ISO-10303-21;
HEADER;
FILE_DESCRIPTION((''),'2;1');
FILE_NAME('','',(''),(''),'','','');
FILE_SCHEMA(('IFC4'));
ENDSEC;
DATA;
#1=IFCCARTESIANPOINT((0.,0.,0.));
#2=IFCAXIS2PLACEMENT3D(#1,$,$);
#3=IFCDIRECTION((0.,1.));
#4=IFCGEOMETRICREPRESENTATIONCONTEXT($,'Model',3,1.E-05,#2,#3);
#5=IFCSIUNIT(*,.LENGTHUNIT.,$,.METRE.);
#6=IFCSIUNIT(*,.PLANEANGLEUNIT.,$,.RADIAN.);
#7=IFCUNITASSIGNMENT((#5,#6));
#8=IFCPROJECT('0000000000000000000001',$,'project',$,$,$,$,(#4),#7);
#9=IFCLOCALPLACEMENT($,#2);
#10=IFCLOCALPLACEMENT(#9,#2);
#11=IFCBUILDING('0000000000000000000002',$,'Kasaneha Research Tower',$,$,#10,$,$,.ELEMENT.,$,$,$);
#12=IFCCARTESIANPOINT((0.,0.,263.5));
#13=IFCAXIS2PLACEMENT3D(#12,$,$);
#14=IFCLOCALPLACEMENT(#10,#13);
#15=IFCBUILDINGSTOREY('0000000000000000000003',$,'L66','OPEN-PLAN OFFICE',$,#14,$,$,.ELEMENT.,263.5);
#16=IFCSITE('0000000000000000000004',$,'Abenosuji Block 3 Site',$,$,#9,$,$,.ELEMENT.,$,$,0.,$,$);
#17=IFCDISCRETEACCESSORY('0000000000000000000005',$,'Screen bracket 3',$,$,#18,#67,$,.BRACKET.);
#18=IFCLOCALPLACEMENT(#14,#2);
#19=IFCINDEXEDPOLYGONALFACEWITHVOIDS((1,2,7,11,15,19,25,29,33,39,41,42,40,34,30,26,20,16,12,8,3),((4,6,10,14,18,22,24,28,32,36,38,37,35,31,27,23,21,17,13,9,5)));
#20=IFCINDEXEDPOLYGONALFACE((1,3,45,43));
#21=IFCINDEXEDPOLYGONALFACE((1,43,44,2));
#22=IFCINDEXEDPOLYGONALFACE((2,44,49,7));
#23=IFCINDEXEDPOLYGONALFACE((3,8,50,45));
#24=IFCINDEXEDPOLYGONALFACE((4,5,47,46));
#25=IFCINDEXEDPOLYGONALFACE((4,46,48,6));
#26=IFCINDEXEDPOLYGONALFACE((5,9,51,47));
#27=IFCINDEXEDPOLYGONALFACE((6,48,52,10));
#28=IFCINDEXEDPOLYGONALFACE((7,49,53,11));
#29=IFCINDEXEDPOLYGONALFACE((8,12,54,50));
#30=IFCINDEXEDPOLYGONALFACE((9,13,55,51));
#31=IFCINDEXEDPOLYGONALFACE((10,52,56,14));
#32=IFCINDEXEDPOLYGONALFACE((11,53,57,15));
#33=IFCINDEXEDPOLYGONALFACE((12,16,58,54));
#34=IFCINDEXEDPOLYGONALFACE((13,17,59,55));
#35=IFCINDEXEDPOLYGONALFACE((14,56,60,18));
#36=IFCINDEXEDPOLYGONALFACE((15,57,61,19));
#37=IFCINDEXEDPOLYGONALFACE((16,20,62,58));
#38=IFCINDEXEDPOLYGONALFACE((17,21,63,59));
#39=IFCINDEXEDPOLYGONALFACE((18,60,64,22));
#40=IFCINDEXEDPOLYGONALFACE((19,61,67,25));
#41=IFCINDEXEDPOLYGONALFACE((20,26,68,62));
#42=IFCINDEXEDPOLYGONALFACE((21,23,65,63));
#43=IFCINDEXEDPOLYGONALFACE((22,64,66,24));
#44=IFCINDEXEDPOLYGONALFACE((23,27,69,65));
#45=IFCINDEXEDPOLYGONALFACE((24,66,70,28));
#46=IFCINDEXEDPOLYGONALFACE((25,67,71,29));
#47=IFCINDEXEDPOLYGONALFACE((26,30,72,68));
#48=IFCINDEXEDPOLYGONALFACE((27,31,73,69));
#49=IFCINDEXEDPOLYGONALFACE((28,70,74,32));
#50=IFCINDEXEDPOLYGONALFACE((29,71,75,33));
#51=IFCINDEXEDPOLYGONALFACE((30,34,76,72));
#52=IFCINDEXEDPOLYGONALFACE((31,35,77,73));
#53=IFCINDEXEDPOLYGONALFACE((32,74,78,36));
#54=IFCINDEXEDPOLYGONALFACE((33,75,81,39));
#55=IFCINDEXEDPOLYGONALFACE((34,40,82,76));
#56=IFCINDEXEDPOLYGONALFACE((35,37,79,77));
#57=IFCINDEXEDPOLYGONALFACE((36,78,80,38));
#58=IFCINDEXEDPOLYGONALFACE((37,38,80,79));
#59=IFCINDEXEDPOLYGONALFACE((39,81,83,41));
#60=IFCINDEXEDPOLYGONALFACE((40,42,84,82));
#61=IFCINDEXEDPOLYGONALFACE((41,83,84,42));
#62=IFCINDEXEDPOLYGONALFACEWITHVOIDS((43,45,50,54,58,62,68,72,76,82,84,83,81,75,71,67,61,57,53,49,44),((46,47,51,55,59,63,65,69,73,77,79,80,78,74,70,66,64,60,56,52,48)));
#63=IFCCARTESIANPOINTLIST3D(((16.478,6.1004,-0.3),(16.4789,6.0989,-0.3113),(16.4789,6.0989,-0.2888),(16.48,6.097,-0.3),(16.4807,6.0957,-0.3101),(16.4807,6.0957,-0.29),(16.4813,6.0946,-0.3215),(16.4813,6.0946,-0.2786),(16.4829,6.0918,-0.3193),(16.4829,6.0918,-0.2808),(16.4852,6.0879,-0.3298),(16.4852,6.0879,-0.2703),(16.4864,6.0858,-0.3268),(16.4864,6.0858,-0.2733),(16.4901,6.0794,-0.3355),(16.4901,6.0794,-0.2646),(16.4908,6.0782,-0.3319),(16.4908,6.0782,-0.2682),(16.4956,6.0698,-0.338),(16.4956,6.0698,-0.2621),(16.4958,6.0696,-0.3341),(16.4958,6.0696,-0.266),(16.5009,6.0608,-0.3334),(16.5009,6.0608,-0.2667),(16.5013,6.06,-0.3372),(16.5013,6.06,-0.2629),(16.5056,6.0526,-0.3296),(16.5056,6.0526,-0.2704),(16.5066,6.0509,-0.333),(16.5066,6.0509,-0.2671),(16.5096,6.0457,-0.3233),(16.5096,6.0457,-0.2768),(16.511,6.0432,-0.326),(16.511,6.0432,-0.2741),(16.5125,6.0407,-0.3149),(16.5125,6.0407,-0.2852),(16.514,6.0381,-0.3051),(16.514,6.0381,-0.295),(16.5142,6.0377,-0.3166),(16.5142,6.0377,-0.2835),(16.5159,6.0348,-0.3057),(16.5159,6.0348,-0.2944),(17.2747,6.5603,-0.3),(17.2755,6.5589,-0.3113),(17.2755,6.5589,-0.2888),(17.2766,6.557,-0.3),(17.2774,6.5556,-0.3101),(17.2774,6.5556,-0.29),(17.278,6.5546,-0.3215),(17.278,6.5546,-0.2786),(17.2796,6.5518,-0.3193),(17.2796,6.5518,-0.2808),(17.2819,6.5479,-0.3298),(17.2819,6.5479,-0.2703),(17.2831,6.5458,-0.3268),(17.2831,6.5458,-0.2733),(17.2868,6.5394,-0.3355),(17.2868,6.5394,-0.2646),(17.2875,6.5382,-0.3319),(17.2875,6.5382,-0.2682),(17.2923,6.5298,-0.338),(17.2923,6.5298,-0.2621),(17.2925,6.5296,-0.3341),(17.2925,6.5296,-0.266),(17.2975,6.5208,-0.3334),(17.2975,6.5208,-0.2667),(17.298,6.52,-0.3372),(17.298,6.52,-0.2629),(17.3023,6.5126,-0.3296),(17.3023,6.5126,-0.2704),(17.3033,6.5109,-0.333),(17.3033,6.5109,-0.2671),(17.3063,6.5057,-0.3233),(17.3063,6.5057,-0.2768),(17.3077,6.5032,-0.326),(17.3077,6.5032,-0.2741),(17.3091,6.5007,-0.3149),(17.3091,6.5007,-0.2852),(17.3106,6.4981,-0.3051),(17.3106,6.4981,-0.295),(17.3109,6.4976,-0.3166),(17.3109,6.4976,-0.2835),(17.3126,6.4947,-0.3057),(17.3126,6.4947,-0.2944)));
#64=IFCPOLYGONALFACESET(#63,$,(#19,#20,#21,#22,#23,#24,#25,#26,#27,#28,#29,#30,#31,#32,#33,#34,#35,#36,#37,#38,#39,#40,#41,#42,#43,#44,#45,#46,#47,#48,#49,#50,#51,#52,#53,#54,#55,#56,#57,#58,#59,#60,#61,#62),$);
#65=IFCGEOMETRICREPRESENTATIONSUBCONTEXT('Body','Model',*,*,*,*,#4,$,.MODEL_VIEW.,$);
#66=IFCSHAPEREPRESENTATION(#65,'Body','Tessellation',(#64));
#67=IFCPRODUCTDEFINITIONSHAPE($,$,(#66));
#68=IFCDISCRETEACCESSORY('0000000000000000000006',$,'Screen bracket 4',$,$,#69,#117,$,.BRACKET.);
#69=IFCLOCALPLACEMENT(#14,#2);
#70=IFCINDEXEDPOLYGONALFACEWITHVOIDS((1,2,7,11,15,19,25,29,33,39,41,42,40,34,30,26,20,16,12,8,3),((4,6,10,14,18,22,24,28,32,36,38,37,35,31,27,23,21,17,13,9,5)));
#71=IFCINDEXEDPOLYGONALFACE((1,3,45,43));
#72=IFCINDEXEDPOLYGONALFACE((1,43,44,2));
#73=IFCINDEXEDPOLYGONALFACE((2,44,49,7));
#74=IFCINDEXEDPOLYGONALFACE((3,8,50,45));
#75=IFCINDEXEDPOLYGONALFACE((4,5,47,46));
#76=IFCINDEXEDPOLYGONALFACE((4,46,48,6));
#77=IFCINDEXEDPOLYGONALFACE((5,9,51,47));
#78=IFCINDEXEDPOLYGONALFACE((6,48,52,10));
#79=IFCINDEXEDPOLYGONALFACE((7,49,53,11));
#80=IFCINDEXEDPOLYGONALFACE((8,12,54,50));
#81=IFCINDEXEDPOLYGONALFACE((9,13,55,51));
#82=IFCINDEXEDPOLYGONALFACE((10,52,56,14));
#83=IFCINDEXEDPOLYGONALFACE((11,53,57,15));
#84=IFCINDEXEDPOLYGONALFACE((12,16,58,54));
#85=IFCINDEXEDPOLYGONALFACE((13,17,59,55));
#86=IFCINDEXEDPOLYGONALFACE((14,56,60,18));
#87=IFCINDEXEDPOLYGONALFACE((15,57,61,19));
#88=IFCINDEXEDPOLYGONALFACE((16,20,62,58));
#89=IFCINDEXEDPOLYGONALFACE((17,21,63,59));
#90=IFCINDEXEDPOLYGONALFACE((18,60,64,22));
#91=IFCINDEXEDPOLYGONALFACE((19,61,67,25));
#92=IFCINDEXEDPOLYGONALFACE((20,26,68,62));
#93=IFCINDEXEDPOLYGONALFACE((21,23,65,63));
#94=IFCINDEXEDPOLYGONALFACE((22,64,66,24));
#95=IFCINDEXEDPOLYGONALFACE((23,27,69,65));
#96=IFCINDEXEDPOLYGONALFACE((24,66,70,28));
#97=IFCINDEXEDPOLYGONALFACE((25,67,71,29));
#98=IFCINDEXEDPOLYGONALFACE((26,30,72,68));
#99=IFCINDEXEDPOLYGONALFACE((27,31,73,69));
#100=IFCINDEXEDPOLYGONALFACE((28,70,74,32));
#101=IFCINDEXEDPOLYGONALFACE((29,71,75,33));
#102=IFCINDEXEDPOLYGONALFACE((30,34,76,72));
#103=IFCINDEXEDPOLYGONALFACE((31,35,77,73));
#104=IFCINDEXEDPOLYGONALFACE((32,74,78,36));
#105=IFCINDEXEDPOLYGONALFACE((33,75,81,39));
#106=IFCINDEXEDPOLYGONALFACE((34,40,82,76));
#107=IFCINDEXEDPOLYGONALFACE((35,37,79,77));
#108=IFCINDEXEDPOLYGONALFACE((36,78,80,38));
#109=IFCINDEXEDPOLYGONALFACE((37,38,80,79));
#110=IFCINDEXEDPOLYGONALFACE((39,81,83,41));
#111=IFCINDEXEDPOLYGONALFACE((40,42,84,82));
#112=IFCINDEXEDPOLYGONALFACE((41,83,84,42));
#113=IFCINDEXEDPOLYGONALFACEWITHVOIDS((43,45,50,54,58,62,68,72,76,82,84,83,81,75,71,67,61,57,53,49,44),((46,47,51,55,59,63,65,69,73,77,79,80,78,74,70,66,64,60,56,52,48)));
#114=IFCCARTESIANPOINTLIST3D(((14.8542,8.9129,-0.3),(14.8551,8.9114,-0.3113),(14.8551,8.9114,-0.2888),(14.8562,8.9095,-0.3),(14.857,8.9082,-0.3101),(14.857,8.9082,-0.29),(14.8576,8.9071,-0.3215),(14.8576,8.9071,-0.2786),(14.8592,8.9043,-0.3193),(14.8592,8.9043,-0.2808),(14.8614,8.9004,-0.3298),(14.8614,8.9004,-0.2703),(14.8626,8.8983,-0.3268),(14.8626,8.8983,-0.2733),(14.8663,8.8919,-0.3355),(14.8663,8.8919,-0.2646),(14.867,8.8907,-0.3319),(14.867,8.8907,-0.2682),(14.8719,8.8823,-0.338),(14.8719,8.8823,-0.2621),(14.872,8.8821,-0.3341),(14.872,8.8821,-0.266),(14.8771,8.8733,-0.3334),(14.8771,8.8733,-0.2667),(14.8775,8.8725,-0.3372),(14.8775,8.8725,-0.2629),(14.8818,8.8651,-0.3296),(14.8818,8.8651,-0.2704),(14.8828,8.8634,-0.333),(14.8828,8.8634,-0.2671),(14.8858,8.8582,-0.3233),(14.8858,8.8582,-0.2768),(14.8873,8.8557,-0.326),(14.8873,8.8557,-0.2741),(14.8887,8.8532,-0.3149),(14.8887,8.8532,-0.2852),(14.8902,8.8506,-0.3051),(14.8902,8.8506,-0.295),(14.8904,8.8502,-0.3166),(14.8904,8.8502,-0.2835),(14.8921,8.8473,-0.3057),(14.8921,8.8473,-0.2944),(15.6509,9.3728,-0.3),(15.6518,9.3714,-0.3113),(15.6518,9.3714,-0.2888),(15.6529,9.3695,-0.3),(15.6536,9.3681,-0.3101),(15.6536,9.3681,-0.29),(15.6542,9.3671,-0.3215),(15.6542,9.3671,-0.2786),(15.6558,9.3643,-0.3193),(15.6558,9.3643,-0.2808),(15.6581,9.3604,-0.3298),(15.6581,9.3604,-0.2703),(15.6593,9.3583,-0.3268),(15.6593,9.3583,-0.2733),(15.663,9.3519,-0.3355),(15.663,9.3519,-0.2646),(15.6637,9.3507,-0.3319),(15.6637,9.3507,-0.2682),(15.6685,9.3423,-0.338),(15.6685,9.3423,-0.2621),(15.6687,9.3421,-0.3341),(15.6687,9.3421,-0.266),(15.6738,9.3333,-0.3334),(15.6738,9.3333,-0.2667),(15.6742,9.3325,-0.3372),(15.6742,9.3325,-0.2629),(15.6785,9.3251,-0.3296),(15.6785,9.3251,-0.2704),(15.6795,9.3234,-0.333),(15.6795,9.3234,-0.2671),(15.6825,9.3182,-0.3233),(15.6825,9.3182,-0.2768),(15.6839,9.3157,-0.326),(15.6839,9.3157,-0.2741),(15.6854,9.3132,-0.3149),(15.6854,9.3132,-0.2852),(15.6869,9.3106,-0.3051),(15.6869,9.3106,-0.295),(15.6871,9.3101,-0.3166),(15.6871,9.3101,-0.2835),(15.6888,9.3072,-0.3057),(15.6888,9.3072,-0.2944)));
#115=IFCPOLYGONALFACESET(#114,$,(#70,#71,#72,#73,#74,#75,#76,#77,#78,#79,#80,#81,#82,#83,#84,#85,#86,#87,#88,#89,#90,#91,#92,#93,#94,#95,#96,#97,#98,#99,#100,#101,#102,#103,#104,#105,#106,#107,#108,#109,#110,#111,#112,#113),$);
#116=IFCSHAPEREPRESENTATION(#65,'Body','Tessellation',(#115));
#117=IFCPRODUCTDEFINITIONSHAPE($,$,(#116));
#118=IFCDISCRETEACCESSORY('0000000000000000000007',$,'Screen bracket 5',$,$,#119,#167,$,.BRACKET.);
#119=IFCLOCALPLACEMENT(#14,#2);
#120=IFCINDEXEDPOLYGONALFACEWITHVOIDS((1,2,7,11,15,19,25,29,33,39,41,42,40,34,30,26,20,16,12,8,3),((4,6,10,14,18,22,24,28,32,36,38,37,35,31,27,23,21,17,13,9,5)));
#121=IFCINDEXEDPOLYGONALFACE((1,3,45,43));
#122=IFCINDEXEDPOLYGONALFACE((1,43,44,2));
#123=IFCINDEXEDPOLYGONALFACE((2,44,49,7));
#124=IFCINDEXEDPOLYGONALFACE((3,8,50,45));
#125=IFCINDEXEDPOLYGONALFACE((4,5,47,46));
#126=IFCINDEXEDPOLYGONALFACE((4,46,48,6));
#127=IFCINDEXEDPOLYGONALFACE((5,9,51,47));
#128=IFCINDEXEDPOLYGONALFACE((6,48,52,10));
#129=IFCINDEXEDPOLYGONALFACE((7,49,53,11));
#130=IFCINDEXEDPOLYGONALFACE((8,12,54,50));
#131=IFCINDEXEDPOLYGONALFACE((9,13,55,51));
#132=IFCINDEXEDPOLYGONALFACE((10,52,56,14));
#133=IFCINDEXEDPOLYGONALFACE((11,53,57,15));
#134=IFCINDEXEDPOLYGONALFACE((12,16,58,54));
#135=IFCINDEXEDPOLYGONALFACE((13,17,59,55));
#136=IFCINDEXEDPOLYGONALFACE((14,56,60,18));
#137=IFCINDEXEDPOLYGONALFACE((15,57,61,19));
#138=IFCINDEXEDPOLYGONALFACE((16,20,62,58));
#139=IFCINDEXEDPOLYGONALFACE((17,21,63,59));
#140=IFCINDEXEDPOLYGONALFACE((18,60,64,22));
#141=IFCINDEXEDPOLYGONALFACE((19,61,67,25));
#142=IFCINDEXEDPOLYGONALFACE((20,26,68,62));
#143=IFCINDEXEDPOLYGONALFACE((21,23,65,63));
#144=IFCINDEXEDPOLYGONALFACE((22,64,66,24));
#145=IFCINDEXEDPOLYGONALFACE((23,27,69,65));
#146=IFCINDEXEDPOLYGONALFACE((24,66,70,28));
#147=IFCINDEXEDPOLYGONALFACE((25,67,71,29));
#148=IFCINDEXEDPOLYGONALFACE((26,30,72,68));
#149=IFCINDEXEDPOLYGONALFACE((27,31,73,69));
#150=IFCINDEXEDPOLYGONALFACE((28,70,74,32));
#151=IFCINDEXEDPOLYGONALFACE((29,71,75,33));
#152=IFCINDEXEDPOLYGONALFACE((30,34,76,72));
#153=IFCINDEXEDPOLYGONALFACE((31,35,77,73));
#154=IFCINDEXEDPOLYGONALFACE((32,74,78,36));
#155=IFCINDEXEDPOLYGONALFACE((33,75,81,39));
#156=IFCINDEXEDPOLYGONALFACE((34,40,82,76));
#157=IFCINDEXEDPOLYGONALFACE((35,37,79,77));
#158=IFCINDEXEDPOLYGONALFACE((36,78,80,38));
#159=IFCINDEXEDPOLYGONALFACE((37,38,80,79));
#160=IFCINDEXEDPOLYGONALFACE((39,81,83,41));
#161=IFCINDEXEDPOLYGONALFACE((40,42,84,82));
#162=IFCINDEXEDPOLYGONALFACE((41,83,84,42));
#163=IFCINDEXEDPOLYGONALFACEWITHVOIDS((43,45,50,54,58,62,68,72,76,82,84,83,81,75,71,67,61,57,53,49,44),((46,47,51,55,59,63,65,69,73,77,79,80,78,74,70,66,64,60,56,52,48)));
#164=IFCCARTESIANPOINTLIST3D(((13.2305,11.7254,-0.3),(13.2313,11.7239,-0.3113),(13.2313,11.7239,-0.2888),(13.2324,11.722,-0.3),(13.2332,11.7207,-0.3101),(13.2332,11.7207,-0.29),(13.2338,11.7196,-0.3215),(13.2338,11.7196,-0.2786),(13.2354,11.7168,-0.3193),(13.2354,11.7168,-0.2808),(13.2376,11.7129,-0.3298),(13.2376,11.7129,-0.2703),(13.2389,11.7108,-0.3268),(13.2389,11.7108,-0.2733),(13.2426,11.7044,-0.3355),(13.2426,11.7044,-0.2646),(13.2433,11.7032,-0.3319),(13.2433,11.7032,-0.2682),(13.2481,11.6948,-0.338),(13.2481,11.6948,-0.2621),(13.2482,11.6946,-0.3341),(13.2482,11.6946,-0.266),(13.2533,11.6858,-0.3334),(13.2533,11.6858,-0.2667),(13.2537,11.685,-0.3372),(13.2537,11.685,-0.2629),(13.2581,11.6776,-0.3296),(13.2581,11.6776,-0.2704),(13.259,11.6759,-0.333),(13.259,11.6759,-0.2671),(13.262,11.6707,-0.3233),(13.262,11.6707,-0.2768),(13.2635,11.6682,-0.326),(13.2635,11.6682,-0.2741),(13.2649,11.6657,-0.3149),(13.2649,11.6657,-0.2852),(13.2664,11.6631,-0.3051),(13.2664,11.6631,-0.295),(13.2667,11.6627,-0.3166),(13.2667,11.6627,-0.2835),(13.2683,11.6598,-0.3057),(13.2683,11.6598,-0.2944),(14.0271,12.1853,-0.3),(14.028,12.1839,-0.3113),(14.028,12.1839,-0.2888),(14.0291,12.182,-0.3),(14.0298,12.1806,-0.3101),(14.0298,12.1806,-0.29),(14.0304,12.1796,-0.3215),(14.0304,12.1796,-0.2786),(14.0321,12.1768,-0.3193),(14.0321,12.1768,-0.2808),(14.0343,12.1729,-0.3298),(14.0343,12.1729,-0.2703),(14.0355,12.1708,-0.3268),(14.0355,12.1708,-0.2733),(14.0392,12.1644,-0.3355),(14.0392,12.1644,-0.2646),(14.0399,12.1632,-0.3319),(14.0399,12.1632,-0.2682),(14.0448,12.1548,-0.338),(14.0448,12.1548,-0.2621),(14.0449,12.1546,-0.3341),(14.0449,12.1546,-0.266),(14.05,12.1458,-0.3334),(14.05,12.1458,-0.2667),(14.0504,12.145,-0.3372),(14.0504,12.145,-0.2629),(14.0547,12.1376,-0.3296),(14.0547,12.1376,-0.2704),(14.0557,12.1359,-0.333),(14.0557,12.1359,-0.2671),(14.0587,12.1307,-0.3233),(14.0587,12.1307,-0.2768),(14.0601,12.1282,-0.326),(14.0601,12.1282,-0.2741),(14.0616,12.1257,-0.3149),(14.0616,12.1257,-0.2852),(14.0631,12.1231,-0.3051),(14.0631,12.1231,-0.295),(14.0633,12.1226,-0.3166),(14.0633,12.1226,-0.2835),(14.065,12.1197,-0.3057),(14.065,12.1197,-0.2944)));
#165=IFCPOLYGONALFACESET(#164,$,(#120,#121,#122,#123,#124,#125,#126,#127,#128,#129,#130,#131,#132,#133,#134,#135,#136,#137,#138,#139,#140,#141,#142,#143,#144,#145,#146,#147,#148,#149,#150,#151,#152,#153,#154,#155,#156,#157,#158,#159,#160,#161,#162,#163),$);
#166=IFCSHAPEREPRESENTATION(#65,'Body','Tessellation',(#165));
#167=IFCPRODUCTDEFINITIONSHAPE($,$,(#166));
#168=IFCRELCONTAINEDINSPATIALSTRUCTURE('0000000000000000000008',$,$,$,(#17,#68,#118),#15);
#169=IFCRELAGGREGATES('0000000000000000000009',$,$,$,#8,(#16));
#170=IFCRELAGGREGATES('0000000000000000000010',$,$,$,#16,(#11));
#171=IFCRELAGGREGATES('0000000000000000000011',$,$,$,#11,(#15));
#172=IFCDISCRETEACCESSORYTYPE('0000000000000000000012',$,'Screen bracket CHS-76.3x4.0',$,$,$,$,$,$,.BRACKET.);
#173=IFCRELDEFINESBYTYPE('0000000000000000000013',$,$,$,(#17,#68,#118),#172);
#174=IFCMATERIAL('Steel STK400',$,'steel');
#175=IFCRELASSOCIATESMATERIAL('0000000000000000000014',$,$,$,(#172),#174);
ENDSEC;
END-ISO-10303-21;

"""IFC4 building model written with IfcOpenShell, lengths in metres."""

from ifc_helpers import new_model, si_unit, direction, frame, origin, origin_2d, place, context, subcontext, project, spatial, hollow_circle, extrude, material, material_profile, profile_set, type_object, element, save


model = new_model("IFC4")

# Units and contexts
model_context = context("Model", 3, precision=1e-05, world=origin(), true_north=direction((0.0, 1.0)))
body_context = subcontext(model_context, "Body", "Model", "MODEL_VIEW")
ifc_project = project(units=[si_unit("LENGTHUNIT", "METRE"), si_unit("PLANEANGLEUNIT", "RADIAN")], contexts=[model_context])

# Site, building, storey
site_placement = place(None, origin())
site = spatial("IfcSite", under=ifc_project, at=site_placement, Name="Abenosuji Block 3 Site", CompositionType="ELEMENT", RefElevation=0.0)
building_placement = place(site_placement, origin())
building = spatial("IfcBuilding", under=site, at=building_placement, Name="Kasaneha Research Tower", CompositionType="ELEMENT")
storey_placement = place(building_placement, frame((0.0, 0.0, 263.5)))
storey = spatial("IfcBuildingStorey", under=building, at=storey_placement, Name="L66", Description="OPEN-PLAN OFFICE", CompositionType="ELEMENT", Elevation=263.5)

# Discrete accessories
ifc_material_1 = material(Name="Steel STK400", Category="steel")
ifc_material_profile_1 = material_profile(ifc_material_1, hollow_circle(Radius=0.0381, WallThickness=0.0039, at=origin_2d()), Name="CHS-76.3x4.0")
ifc_profile_set_1 = profile_set([ifc_material_profile_1], Name="Steel STK400")
discrete_accessory_type = type_object("IfcDiscreteAccessoryType", Name="Screen bracket CHS-76.3x4.0", PredefinedType="BRACKET", material=ifc_profile_set_1)
for number, where, z_axis, x_axis, name in (
    (1, (16.4971, 6.0674, -0.3), (0.866013, 0.500021, 0.0), (-0.500021, 0.866013, 0.0), "Screen bracket 3"),
    (2, (14.8733, 8.8799, -0.3), (0.866013, 0.500021, 0.0), (-0.500021, 0.866013, 0.0), "Screen bracket 4"),
    (3, (13.2495, 11.6924, -0.3), (0.866013, 0.500021, 0.0), (-0.500021, 0.866013, 0.0), "Screen bracket 5"),
):
    element("IfcDiscreteAccessory", number, at=place(storey_placement, frame(where, z_axis=z_axis, x_axis=x_axis)), inside=storey, type_object=discrete_accessory_type, Name=name, PredefinedType="BRACKET", context=body_context, shape_type="SweptSolid", body=[
        extrude(hollow_circle(Radius=0.0381, WallThickness=0.0039, at=origin_2d()), origin(), (0.0, 0.0, 1.0), 0.9199),
    ])

save(model, "model.ifc")
